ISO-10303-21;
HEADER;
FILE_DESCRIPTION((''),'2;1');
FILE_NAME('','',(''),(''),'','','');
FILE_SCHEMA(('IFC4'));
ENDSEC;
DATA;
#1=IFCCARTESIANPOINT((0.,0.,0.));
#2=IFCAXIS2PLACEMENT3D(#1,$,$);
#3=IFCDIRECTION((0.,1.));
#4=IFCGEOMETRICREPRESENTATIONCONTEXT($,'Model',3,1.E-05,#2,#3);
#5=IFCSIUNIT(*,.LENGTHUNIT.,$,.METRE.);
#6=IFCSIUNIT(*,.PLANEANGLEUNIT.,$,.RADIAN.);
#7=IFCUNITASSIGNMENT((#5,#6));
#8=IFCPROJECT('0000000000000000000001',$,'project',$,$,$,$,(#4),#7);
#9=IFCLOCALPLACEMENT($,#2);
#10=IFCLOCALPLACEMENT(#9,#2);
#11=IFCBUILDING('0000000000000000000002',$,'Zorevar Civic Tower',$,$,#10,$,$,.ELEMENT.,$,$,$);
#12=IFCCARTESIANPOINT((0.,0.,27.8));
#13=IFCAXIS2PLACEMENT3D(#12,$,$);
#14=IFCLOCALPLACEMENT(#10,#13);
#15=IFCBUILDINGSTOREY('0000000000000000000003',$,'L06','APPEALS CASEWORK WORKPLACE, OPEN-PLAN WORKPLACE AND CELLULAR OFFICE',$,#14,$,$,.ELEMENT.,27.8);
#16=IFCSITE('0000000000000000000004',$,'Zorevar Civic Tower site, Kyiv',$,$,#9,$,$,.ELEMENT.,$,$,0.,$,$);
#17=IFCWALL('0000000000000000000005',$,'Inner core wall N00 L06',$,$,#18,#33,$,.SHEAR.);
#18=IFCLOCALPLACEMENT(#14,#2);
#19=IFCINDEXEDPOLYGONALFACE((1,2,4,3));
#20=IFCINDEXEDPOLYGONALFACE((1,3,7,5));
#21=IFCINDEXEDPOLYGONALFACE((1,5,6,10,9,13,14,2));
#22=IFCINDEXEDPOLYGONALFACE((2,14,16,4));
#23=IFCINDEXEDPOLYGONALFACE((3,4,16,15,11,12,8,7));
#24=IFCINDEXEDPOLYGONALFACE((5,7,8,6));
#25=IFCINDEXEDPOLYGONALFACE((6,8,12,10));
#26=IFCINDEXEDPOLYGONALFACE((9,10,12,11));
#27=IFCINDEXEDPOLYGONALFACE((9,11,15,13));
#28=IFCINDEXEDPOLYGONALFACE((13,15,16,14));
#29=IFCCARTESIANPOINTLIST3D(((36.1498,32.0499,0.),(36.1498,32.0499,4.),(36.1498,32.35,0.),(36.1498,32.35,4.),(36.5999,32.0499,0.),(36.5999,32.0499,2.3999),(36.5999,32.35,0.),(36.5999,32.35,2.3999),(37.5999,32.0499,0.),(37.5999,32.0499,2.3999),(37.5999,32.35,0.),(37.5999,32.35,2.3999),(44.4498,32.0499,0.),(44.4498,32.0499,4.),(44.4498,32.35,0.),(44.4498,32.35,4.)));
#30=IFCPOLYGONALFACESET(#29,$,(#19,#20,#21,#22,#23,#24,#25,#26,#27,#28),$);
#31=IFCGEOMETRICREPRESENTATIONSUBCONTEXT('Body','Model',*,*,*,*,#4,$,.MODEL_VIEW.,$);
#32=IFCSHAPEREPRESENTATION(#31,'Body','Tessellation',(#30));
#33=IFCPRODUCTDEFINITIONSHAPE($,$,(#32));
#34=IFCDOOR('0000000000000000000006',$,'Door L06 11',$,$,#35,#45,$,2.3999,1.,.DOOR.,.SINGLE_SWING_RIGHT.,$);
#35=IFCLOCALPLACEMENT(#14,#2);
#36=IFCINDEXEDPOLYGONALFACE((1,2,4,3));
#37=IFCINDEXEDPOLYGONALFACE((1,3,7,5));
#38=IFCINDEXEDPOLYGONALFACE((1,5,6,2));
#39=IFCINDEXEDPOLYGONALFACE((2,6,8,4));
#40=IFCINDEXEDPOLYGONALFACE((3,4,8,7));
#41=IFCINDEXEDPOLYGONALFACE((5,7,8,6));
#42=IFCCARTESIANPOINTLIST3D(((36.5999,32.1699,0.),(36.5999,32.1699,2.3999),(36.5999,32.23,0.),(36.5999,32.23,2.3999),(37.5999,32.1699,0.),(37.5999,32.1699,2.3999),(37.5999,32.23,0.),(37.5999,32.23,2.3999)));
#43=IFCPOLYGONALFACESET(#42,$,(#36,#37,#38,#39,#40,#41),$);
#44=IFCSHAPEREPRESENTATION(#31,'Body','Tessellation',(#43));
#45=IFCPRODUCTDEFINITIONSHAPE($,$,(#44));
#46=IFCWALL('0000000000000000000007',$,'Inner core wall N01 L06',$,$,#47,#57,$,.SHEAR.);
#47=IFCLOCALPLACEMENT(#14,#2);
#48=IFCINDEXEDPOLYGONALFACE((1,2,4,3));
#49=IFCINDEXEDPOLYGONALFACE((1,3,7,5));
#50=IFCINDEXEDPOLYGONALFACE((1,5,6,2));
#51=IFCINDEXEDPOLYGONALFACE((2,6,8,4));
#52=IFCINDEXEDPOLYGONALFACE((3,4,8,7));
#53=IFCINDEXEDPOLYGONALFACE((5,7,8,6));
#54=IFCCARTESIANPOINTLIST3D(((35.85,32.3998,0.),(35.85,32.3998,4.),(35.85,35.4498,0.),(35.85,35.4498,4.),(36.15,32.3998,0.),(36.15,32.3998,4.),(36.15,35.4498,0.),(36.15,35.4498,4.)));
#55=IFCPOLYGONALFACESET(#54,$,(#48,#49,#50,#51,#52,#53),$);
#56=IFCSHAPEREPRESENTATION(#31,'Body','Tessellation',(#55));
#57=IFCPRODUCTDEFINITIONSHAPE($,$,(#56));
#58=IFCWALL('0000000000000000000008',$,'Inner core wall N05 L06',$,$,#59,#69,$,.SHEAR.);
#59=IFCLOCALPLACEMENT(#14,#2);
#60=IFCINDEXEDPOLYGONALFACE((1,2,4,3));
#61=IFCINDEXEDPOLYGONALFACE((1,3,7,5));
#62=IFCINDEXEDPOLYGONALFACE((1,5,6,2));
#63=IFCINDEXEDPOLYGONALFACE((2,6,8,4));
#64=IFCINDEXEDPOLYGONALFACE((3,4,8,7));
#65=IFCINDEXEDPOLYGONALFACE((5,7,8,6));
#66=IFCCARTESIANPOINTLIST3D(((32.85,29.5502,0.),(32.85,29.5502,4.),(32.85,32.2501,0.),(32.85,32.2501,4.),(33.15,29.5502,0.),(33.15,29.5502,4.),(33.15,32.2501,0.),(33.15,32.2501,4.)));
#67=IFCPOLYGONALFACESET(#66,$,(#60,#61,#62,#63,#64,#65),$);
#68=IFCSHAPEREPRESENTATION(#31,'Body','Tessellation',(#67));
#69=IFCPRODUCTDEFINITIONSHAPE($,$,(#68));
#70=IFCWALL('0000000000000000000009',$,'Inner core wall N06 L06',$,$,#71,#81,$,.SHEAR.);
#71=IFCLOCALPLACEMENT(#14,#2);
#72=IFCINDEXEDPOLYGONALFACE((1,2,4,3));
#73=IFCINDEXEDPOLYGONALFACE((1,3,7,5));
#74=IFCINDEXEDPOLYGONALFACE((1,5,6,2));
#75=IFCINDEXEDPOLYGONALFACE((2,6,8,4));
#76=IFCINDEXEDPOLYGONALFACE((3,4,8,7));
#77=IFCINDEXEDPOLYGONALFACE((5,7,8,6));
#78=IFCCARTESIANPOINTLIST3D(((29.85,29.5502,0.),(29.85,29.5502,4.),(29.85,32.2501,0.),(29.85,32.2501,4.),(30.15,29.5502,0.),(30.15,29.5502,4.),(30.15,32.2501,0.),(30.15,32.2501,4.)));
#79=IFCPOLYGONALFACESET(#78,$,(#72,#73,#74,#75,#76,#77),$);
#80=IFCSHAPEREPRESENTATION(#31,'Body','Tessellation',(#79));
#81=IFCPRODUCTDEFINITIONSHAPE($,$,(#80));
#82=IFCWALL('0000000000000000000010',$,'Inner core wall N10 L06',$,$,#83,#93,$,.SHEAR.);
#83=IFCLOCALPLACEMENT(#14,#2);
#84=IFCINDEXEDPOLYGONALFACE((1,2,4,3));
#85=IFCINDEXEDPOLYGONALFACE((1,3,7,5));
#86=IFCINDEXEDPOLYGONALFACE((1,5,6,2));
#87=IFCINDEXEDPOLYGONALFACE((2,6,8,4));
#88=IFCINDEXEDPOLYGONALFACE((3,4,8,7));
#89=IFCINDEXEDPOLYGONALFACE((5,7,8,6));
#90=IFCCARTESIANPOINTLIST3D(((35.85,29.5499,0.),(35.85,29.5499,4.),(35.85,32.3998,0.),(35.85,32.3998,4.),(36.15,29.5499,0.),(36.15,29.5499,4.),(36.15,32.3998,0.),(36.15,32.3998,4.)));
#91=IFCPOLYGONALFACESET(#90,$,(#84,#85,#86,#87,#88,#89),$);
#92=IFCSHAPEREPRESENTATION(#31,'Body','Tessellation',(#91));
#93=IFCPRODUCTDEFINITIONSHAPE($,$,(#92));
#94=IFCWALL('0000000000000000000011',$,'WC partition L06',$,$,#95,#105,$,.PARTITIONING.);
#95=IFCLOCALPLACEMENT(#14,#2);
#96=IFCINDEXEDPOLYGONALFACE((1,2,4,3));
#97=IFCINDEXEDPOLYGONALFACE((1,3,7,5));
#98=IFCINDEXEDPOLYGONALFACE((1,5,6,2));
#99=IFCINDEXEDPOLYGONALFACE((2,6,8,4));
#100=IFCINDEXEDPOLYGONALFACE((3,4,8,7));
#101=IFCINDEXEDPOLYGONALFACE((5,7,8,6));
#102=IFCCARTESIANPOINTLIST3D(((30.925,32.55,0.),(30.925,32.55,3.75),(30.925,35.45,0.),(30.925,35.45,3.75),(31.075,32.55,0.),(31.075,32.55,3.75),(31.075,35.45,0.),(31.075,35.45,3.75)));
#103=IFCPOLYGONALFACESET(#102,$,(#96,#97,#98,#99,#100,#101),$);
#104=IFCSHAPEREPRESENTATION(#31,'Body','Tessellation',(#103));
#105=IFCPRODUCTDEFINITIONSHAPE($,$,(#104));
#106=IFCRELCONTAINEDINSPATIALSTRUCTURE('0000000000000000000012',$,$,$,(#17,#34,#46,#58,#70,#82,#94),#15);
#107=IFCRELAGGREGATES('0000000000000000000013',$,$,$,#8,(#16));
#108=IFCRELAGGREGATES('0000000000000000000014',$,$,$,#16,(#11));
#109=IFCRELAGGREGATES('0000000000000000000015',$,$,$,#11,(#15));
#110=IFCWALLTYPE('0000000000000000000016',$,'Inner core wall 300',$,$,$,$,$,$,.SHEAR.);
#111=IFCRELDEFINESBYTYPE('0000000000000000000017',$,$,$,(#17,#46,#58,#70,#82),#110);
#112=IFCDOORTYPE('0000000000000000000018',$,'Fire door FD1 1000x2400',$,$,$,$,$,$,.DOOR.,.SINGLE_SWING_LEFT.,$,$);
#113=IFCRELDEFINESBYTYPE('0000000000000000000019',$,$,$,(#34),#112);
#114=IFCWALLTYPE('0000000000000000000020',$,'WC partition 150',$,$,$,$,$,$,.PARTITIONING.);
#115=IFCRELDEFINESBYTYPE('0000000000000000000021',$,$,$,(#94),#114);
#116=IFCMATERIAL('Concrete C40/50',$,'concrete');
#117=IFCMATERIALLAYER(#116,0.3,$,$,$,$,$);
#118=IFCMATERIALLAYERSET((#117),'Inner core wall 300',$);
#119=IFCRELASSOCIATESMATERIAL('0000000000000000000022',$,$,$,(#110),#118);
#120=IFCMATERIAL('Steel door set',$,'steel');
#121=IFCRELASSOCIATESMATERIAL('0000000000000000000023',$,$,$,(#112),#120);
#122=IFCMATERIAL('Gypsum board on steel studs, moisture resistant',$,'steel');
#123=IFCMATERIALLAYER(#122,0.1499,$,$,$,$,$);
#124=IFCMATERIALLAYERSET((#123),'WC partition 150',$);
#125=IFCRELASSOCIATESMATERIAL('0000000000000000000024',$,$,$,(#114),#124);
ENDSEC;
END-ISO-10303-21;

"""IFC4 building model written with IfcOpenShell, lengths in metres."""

from ifc_helpers import new_model, si_unit, direction, frame, frame_2d, origin, place, context, subcontext, project, spatial, rectangle, extrude, material, layer, layer_set, type_object, element, fill, save


model = new_model("IFC4")

# Units and contexts
model_context = context("Model", 3, precision=1e-05, world=origin(), true_north=direction((0.0, 1.0)))
body_context = subcontext(model_context, "Body", "Model", "MODEL_VIEW")
ifc_project = project(units=[si_unit("LENGTHUNIT", "METRE"), si_unit("PLANEANGLEUNIT", "RADIAN")], contexts=[model_context])

# Site, building, storey
site_placement = place(None, origin())
site = spatial("IfcSite", under=ifc_project, at=site_placement, Name="Zorevar Civic Tower site, Kyiv", CompositionType="ELEMENT", RefElevation=0.0)
building_placement = place(site_placement, origin())
building = spatial("IfcBuilding", under=site, at=building_placement, Name="Zorevar Civic Tower", CompositionType="ELEMENT")
storey_placement = place(building_placement, frame((0.0, 0.0, 27.8)))
storey = spatial("IfcBuildingStorey", under=building, at=storey_placement, Name="L06", Description="APPEALS CASEWORK WORKPLACE, OPEN-PLAN WORKPLACE AND CELLULAR OFFICE", CompositionType="ELEMENT", Elevation=27.8)

# Wall, opening, door
ifc_material_1 = material(Name="Concrete C40/50", Category="concrete")
ifc_layer_1 = layer(ifc_material_1, 0.3)
ifc_layer_set_1 = layer_set([ifc_layer_1], Name="Inner core wall 300")
wall_type_1 = type_object("IfcWallType", Name="Inner core wall 300", PredefinedType="SHEAR", material=ifc_layer_set_1)
wall_1_placement = place(storey_placement, frame((36.1499, 32.2, 0.0), z_axis=(0.0, 0.0, 1.0), x_axis=(1.0, 0.0, 0.0)))
wall_1 = element("IfcWall", 1, at=wall_1_placement, inside=storey, type_object=wall_type_1, Name="Inner core wall N00 L06", PredefinedType="SHEAR", context=body_context, shape_type="SweptSolid", body=[
    extrude(rectangle(XDim=8.3, YDim=0.3, at=frame_2d((4.1499, 0.0))), origin(), (0.0, 0.0, 1.0), 4.0),
])
opening_placement = place(wall_1_placement, frame((0.45, 0.0, 0.0)))
opening = element("IfcOpeningElement", 2, at=opening_placement, cuts=wall_1, PredefinedType="OPENING", context=body_context, shape_type="SweptSolid", body=[
    extrude(rectangle(XDim=1.0, YDim=2.3999, at=frame_2d((0.5, 1.2))), frame((0.0, 0.1599, 0.0), z_axis=(0.0, -1.0, 0.0), x_axis=(1.0, 0.0, 0.0)), (0.0, 0.0, 1.0), 0.3201),
])
ifc_material_2 = material(Name="Steel door set", Category="steel")
door_type = type_object("IfcDoorType", Name="Fire door FD1 1000x2400", OperationType="SINGLE_SWING_LEFT", PredefinedType="DOOR", material=ifc_material_2)
door_placement = place(opening_placement, origin())
door = element("IfcDoor", 3, at=door_placement, inside=storey, type_object=door_type, Name="Door L06 11", OperationType="SINGLE_SWING_RIGHT", OverallHeight=2.3999, OverallWidth=1.0, PredefinedType="DOOR", context=body_context, shape_type="SweptSolid", body=[
    extrude(rectangle(XDim=1.0, YDim=2.3999, at=frame_2d((0.5, 1.2))), frame((0.0, 0.03, 0.0), z_axis=(0.0, -1.0, 0.0), x_axis=(1.0, 0.0, 0.0)), (0.0, 0.0, 1.0), 0.0601),
])
fill(opening, door)

# Walls
wall_2_placement = place(storey_placement, frame((36.0, 32.3999, 0.0), z_axis=(0.0, 0.0, 1.0), x_axis=(0.0, 1.0, 0.0)))
element("IfcWall", 4, at=wall_2_placement, inside=storey, type_object=wall_type_1, Name="Inner core wall N01 L06", PredefinedType="SHEAR", context=body_context, shape_type="SweptSolid", body=[
    extrude(rectangle(XDim=3.05, YDim=0.3, at=frame_2d((1.5249, 0.0))), origin(), (0.0, 0.0, 1.0), 4.0),
])
for number, where, z_axis, x_axis, name in (
    (5, (33.0, 29.55, 0.0), (0.0, 0.0, 1.0), (0.0, 1.0, 0.0), "Inner core wall N05 L06"),
    (6, (30.0, 29.55, 0.0), (0.0, 0.0, 1.0), (0.0, 1.0, 0.0), "Inner core wall N06 L06"),
):
    element("IfcWall", number, at=place(storey_placement, frame(where, z_axis=z_axis, x_axis=x_axis)), inside=storey, type_object=wall_type_1, Name=name, PredefinedType="SHEAR", context=body_context, shape_type="SweptSolid", body=[
        extrude(rectangle(XDim=2.7, YDim=0.3, at=frame_2d((1.3501, 0.0))), origin(), (0.0, 0.0, 1.0), 4.0),
    ])
wall_3_placement = place(storey_placement, frame((36.0, 29.55, 0.0), z_axis=(0.0, 0.0, 1.0), x_axis=(0.0, 1.0, 0.0)))
element("IfcWall", 7, at=wall_3_placement, inside=storey, type_object=wall_type_1, Name="Inner core wall N10 L06", PredefinedType="SHEAR", context=body_context, shape_type="SweptSolid", body=[
    extrude(rectangle(XDim=2.8499, YDim=0.3, at=frame_2d((1.4248, 0.0))), origin(), (0.0, 0.0, 1.0), 4.0),
])
ifc_material_3 = material(Name="Gypsum board on steel studs, moisture resistant", Category="steel")
ifc_layer_2 = layer(ifc_material_3, 0.1499)
ifc_layer_set_2 = layer_set([ifc_layer_2], Name="WC partition 150")
wall_type_2 = type_object("IfcWallType", Name="WC partition 150", PredefinedType="PARTITIONING", material=ifc_layer_set_2)
wall_4_placement = place(storey_placement, frame((31.0, 32.55, 0.0), z_axis=(0.0, 0.0, 1.0), x_axis=(0.0, 1.0, 0.0)))
element("IfcWall", 8, at=wall_4_placement, inside=storey, type_object=wall_type_2, Name="WC partition L06", PredefinedType="PARTITIONING", context=body_context, shape_type="SweptSolid", body=[
    extrude(rectangle(XDim=2.8999, YDim=0.1499, at=frame_2d((1.45, 0.0))), origin(), (0.0, 0.0, 1.0), 3.75),
])

save(model, "model.ifc")
